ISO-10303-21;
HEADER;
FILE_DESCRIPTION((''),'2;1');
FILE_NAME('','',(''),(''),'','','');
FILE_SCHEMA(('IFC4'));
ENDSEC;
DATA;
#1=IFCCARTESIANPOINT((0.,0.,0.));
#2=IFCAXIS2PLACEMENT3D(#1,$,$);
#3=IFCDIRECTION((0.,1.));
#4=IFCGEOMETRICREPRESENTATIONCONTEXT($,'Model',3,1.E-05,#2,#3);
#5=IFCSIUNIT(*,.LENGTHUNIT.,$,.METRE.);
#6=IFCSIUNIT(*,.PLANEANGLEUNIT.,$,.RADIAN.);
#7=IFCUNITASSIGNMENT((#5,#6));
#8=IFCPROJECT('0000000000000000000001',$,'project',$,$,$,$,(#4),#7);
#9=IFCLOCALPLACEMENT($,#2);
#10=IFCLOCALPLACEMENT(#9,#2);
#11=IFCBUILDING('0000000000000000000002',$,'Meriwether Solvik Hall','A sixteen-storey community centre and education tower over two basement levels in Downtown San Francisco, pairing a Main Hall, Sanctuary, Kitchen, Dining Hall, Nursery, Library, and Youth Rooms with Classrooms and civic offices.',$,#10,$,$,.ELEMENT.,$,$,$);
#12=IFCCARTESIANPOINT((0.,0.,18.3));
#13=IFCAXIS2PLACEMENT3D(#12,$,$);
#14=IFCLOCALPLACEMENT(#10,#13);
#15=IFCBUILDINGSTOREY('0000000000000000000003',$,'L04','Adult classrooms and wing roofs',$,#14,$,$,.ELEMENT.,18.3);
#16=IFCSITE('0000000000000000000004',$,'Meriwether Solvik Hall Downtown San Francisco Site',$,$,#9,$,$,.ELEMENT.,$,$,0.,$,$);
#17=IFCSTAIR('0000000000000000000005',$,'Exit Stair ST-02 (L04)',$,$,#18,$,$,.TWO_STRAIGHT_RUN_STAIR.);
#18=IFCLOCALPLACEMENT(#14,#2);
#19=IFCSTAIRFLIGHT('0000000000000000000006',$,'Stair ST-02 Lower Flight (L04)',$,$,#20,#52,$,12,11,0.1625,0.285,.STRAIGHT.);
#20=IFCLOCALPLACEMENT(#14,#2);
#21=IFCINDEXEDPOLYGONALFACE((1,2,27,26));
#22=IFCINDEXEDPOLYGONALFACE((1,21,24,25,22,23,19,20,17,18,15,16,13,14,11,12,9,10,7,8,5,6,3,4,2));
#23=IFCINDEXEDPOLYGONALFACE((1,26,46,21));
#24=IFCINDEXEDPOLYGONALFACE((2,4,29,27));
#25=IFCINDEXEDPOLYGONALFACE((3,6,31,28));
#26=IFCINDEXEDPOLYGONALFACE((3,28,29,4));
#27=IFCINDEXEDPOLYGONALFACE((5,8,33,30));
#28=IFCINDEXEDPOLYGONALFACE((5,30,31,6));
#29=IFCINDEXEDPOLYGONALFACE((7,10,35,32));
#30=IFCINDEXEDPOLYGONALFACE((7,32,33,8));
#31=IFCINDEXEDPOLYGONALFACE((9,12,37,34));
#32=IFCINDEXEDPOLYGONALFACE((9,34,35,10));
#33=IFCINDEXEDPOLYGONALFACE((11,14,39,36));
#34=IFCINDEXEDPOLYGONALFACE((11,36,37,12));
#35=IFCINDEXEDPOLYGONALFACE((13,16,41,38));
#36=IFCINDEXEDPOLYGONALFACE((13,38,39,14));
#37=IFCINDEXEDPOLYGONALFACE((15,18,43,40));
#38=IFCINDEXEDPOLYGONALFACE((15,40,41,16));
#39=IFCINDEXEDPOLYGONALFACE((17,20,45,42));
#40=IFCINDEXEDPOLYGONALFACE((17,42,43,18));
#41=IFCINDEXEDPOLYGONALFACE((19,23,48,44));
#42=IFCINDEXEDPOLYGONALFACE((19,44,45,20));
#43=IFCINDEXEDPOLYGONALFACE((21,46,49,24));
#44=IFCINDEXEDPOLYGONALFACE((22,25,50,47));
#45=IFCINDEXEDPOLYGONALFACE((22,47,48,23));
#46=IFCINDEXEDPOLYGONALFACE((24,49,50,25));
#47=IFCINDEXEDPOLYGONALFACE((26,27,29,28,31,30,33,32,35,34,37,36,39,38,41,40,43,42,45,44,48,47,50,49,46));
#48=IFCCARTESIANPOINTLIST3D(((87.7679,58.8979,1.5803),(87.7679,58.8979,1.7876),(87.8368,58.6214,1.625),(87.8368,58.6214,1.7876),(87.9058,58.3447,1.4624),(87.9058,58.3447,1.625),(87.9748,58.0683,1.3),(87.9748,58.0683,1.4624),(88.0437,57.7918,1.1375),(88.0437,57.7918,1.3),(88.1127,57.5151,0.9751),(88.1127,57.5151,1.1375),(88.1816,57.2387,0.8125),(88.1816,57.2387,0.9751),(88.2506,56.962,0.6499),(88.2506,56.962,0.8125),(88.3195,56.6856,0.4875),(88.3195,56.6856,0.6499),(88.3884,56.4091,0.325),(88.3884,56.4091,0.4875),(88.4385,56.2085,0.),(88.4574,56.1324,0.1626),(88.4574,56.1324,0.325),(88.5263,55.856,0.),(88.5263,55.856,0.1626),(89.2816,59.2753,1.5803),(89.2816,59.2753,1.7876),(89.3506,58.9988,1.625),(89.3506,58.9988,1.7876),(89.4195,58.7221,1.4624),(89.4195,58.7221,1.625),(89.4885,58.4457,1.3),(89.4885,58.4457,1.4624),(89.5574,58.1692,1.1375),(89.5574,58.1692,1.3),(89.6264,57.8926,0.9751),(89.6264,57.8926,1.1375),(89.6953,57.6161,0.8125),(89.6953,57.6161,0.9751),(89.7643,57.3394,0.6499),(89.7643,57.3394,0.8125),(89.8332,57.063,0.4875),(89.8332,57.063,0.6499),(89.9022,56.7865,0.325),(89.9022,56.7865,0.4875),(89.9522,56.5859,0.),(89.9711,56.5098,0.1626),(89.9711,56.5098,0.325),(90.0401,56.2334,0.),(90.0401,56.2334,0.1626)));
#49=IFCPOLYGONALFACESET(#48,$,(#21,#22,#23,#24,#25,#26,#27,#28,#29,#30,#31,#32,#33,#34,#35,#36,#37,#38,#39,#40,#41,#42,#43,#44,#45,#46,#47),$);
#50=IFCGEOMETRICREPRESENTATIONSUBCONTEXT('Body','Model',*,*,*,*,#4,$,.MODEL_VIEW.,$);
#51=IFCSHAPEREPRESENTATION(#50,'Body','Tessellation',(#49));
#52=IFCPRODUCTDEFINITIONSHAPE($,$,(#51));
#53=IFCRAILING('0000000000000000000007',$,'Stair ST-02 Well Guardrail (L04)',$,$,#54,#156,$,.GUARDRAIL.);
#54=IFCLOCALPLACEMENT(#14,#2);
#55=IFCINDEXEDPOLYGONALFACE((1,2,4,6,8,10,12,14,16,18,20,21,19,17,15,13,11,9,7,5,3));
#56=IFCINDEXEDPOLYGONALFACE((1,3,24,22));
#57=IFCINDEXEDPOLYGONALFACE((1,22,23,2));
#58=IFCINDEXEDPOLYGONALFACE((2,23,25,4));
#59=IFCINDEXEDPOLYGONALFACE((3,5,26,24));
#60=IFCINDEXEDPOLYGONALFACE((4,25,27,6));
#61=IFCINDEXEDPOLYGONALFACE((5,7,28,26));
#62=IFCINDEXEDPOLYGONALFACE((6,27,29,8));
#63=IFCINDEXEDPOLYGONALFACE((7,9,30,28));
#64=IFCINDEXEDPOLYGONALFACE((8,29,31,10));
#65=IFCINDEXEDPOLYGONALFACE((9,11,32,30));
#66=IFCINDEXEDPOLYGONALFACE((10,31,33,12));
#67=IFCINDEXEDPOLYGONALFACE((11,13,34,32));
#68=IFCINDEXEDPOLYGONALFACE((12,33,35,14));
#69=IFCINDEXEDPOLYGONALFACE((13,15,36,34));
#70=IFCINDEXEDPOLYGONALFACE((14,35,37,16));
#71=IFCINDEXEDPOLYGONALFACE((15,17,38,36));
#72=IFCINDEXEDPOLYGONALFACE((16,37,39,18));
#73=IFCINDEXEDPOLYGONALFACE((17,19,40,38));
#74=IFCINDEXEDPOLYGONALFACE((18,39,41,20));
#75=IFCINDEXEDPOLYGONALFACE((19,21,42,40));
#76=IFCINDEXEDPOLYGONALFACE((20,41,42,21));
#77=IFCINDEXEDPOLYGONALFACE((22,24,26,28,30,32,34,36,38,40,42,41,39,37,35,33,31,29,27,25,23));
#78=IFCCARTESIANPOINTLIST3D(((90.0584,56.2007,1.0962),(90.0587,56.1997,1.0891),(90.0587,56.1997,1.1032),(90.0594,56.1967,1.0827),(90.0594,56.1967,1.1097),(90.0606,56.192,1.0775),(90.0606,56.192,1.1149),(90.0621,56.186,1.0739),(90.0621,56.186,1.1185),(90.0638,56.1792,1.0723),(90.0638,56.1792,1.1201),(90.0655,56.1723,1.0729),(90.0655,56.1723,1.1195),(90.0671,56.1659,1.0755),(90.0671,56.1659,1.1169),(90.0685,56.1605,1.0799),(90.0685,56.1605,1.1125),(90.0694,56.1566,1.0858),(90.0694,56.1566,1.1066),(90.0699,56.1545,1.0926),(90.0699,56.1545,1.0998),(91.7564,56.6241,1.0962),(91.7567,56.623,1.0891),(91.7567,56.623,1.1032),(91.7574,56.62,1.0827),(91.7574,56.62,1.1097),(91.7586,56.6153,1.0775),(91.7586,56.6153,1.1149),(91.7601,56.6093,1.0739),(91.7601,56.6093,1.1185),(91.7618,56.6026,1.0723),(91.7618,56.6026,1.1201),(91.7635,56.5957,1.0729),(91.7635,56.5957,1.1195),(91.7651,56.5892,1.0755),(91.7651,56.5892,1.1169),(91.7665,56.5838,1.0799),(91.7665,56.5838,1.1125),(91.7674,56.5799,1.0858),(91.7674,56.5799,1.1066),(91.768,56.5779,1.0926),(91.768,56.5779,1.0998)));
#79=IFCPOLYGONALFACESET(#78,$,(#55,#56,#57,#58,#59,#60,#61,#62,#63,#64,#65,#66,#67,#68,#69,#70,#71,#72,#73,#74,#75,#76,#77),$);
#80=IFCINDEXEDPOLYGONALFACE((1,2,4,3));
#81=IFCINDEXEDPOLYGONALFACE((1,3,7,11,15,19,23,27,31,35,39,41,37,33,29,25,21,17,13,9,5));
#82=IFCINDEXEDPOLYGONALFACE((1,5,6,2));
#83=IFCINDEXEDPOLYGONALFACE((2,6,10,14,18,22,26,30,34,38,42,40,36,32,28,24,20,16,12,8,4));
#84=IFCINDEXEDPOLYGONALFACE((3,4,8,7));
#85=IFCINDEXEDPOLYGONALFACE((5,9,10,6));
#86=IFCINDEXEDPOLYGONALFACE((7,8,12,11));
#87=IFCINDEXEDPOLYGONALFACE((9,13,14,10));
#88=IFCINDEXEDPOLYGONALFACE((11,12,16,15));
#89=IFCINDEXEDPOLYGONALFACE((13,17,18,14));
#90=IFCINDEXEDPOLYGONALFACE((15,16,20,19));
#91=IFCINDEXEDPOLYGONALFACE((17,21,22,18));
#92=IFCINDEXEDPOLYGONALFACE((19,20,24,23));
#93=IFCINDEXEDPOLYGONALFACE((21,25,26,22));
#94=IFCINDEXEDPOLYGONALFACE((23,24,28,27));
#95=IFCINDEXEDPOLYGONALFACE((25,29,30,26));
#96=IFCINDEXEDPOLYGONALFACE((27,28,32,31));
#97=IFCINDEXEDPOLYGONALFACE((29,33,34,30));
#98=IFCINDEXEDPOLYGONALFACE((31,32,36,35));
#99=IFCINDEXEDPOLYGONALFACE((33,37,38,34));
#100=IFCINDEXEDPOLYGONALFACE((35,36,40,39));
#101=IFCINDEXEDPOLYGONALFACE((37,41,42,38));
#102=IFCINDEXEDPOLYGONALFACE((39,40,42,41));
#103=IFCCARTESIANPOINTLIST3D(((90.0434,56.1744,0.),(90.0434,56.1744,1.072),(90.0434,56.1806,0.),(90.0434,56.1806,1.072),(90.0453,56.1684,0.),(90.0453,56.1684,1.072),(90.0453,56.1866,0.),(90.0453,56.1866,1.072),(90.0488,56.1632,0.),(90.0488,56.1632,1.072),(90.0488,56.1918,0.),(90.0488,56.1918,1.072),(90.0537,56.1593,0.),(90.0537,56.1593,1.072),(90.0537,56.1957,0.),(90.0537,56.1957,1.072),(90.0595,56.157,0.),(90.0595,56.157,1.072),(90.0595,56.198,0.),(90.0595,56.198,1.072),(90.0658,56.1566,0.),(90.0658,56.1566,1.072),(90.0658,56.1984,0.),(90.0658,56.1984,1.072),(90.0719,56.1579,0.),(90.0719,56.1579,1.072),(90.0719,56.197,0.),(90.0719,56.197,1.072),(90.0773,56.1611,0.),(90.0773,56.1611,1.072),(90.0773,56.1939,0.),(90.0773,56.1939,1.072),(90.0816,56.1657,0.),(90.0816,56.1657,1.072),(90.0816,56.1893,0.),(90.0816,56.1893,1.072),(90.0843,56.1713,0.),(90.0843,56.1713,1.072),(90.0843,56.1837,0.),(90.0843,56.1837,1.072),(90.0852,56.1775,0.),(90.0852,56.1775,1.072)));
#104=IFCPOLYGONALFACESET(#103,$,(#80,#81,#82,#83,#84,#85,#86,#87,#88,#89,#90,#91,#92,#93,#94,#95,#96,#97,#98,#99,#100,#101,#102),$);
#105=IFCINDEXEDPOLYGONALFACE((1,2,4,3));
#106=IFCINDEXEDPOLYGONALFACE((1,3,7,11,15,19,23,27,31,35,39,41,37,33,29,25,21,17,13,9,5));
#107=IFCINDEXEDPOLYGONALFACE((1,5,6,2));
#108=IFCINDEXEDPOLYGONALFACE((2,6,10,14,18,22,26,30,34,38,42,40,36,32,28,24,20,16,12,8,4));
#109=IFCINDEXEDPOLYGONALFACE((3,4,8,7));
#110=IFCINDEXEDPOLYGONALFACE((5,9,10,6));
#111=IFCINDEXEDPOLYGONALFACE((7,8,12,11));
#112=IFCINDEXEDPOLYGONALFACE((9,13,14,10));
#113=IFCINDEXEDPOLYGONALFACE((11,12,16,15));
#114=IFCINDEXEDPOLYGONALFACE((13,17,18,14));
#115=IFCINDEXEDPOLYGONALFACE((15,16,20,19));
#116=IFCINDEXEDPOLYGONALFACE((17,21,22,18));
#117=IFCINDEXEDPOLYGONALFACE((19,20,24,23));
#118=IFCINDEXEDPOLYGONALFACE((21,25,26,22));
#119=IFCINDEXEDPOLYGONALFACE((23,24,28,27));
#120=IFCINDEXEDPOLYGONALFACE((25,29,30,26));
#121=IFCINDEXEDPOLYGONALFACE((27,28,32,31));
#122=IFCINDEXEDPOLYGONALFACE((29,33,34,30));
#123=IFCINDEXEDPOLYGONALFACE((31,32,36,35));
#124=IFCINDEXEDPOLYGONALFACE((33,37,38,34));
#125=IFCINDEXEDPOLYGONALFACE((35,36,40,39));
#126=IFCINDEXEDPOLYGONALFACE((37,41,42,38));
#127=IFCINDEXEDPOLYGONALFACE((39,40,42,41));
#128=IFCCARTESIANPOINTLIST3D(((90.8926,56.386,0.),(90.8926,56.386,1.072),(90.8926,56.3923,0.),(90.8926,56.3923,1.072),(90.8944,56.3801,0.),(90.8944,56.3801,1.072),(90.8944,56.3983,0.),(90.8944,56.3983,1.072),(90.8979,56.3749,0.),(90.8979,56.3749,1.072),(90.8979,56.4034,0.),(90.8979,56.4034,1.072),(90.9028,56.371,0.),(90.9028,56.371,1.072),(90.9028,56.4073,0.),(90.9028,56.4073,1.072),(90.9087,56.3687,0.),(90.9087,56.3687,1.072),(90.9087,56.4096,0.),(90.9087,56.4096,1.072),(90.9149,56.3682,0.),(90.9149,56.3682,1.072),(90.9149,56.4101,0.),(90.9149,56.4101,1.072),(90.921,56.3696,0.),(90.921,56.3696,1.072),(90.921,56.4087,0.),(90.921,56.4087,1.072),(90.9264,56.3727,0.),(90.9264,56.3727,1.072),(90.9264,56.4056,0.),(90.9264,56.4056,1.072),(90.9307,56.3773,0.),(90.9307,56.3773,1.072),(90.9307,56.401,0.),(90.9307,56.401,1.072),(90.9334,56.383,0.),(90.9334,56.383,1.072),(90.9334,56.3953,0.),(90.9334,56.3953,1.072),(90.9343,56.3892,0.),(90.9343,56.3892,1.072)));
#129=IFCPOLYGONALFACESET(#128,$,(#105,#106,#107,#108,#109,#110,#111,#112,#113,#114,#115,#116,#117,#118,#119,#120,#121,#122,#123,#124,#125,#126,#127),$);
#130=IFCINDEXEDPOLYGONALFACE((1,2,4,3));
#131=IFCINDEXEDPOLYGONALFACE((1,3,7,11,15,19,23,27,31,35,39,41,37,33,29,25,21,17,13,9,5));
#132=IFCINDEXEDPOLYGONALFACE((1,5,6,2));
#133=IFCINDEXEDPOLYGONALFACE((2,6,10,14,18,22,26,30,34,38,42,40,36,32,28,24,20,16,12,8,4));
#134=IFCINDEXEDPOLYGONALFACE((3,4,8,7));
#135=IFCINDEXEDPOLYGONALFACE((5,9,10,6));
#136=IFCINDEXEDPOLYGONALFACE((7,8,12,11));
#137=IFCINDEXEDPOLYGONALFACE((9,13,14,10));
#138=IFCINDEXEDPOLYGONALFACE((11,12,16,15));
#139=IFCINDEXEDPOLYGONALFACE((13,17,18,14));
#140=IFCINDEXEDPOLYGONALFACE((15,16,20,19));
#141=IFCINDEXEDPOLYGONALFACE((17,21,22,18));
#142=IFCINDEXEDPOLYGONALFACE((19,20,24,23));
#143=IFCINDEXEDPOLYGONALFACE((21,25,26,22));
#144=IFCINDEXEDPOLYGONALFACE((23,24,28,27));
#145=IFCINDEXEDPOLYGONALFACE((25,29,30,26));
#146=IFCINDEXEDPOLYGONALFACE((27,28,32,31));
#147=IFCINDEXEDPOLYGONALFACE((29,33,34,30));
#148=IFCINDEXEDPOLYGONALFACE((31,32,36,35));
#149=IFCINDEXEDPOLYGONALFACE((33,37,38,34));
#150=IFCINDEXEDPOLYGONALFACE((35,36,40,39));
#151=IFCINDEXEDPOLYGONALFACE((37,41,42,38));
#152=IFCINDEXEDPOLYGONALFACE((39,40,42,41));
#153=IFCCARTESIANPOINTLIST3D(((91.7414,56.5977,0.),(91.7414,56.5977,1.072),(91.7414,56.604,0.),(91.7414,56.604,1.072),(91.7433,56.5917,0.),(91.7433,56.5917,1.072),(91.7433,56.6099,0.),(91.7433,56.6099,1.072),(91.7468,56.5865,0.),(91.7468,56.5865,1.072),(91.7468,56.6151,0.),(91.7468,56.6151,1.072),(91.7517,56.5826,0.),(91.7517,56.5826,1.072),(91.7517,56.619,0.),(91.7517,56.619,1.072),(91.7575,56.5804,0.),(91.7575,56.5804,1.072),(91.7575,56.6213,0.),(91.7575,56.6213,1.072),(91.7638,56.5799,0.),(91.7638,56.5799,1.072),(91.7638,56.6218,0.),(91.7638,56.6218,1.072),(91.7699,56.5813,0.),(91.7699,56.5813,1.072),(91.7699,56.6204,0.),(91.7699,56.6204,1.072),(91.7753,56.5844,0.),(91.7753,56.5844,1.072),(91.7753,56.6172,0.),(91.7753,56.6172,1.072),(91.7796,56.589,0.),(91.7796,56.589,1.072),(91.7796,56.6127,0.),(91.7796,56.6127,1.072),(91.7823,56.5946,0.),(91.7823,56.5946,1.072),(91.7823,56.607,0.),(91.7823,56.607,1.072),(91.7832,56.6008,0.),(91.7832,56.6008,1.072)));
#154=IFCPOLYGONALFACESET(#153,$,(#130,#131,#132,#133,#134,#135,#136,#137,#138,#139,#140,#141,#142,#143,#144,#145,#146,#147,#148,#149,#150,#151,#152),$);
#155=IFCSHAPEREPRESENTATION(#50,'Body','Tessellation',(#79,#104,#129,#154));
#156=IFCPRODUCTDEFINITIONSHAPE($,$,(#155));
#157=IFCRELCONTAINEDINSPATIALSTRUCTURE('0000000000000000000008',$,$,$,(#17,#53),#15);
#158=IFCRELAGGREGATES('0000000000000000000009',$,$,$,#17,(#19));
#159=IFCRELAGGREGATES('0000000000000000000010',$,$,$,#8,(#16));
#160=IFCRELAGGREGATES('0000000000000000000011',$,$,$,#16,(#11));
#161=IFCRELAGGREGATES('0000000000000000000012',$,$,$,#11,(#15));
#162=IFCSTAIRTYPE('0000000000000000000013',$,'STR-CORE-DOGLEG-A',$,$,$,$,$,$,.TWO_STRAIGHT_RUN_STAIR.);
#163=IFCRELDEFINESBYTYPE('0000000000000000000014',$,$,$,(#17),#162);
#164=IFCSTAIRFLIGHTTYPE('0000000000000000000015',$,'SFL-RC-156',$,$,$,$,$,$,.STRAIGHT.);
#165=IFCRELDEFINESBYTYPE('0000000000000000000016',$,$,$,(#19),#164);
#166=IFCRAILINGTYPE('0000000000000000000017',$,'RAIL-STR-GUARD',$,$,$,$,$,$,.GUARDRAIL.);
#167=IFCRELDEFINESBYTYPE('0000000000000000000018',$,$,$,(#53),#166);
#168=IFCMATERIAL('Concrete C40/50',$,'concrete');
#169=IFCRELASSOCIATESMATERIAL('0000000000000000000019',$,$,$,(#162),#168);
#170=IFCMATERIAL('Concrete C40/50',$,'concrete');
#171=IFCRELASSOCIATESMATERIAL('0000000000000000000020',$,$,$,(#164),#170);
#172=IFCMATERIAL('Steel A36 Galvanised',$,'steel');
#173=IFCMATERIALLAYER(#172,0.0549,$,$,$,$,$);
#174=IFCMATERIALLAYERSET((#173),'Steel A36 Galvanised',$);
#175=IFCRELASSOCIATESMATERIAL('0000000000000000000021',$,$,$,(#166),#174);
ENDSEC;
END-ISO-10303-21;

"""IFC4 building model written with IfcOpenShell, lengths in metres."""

from ifc_helpers import new_model, si_unit, direction, frame, origin, origin_2d, place, context, subcontext, project, spatial, polyline, circle, outline, extrude, material, layer, layer_set, type_object, element, aggregate, save


model = new_model("IFC4")

# Units and contexts
model_context = context("Model", 3, precision=1e-05, world=origin(), true_north=direction((0.0, 1.0)))
body_context = subcontext(model_context, "Body", "Model", "MODEL_VIEW")
ifc_project = project(units=[si_unit("LENGTHUNIT", "METRE"), si_unit("PLANEANGLEUNIT", "RADIAN")], contexts=[model_context])

# Site, building, storey
site_placement = place(None, origin())
site = spatial("IfcSite", under=ifc_project, at=site_placement, Name="Meriwether Solvik Hall Downtown San Francisco Site", CompositionType="ELEMENT", RefElevation=0.0)
building_placement = place(site_placement, origin())
building = spatial("IfcBuilding", under=site, at=building_placement, Name="Meriwether Solvik Hall", Description="A sixteen-storey community centre and education tower over two basement levels in Downtown San Francisco, pairing a Main Hall, Sanctuary, Kitchen, Dining Hall, Nursery, Library, and Youth Rooms with Classrooms and civic offices.", CompositionType="ELEMENT")
storey_placement = place(building_placement, frame((0.0, 0.0, 18.3)))
storey = spatial("IfcBuildingStorey", under=building, at=storey_placement, Name="L04", Description="Adult classrooms and wing roofs", CompositionType="ELEMENT", Elevation=18.3)

# Stair, stair flight
ifc_material_1 = material(Name="Concrete C40/50", Category="concrete")
stair_type = type_object("IfcStairType", Name="STR-CORE-DOGLEG-A", PredefinedType="TWO_STRAIGHT_RUN_STAIR", material=ifc_material_1)
stair_placement = place(storey_placement, origin())
stair = element("IfcStair", 1, at=stair_placement, inside=storey, type_object=stair_type, Name="Exit Stair ST-02 (L04)", PredefinedType="TWO_STRAIGHT_RUN_STAIR")
ifc_material_2 = material(Name="Concrete C40/50", Category="concrete")
stair_flight_type = type_object("IfcStairFlightType", Name="SFL-RC-156", PredefinedType="STRAIGHT", material=ifc_material_2)
stair_flight_placement = place(storey_placement, frame((89.2832, 56.0447, 0.0), z_axis=(0.0, 0.0, 1.0), x_axis=(-0.241922, 0.970296, 0.0)))
stair_flight = element("IfcStairFlight", 2, at=stair_flight_placement, type_object=stair_flight_type, Name="Stair ST-02 Lower Flight (L04)", NumberOfRisers=12, NumberOfTreads=11, PredefinedType="STRAIGHT", RiserHeight=0.1625, TreadLength=0.285, context=body_context, shape_type="SweptSolid", body=[
    extrude(outline(polyline([(0.0, 0.0), (0.0, 0.1626), (0.2849, 0.1626), (0.2849, 0.325), (0.5701, 0.325), (0.5701, 0.4875), (0.855, 0.4875), (0.855, 0.6499), (1.1399, 0.6499), (1.1399, 0.8125), (1.425, 0.8125), (1.425, 0.9751), (1.71, 0.9751), (1.71, 1.1375), (1.9951, 1.1375), (1.9951, 1.3), (2.28, 1.3), (2.28, 1.4624), (2.5649, 1.4624), (2.5649, 1.625), (2.8501, 1.625), (2.8501, 1.7876), (3.135, 1.7876), (3.135, 1.95), (3.135, 1.5803), (0.3633, 0.0), (0.0, 0.0)])), frame((0.0, 0.78, 0.0), z_axis=(0.0, -1.0, 0.0), x_axis=(1.0, 0.0, 0.0)), (0.0, 0.0, 1.0), 1.5601),
])
aggregate(stair, [stair_flight])

# Railing
ifc_material_3 = material(Name="Steel A36 Galvanised", Category="steel")
ifc_layer_1 = layer(ifc_material_3, 0.0549)
ifc_layer_set_1 = layer_set([ifc_layer_1], Name="Steel A36 Galvanised")
railing_type_1 = type_object("IfcRailingType", Name="RAIL-STR-GUARD", PredefinedType="GUARDRAIL", material=ifc_layer_set_1)
railing_1_placement = place(storey_placement, frame((90.0642, 56.1775, 0.0)))
element("IfcRailing", 3, at=railing_1_placement, inside=storey, type_object=railing_type_1, Name="Stair ST-02 Well Guardrail (L04)", PredefinedType="GUARDRAIL", context=body_context, shape_type="SweptSolid", body=[
    extrude(circle(Radius=0.0239, at=origin_2d()), frame((0.0, 0.0, 1.0962), z_axis=(0.970298, 0.241912, 0.0), x_axis=(-0.241912, 0.970298, 0.0)), (0.0, 0.0, 1.0), 1.75),
    extrude(circle(Radius=0.021, at=origin_2d()), origin(), (0.0, 0.0, 1.0), 1.072),
    extrude(circle(Radius=0.021, at=origin_2d()), frame((0.8491, 0.2117, 0.0)), (0.0, 0.0, 1.0), 1.072),
    extrude(circle(Radius=0.021, at=origin_2d()), frame((1.698, 0.4233, 0.0)), (0.0, 0.0, 1.0), 1.072),
])

save(model, "model.ifc")
